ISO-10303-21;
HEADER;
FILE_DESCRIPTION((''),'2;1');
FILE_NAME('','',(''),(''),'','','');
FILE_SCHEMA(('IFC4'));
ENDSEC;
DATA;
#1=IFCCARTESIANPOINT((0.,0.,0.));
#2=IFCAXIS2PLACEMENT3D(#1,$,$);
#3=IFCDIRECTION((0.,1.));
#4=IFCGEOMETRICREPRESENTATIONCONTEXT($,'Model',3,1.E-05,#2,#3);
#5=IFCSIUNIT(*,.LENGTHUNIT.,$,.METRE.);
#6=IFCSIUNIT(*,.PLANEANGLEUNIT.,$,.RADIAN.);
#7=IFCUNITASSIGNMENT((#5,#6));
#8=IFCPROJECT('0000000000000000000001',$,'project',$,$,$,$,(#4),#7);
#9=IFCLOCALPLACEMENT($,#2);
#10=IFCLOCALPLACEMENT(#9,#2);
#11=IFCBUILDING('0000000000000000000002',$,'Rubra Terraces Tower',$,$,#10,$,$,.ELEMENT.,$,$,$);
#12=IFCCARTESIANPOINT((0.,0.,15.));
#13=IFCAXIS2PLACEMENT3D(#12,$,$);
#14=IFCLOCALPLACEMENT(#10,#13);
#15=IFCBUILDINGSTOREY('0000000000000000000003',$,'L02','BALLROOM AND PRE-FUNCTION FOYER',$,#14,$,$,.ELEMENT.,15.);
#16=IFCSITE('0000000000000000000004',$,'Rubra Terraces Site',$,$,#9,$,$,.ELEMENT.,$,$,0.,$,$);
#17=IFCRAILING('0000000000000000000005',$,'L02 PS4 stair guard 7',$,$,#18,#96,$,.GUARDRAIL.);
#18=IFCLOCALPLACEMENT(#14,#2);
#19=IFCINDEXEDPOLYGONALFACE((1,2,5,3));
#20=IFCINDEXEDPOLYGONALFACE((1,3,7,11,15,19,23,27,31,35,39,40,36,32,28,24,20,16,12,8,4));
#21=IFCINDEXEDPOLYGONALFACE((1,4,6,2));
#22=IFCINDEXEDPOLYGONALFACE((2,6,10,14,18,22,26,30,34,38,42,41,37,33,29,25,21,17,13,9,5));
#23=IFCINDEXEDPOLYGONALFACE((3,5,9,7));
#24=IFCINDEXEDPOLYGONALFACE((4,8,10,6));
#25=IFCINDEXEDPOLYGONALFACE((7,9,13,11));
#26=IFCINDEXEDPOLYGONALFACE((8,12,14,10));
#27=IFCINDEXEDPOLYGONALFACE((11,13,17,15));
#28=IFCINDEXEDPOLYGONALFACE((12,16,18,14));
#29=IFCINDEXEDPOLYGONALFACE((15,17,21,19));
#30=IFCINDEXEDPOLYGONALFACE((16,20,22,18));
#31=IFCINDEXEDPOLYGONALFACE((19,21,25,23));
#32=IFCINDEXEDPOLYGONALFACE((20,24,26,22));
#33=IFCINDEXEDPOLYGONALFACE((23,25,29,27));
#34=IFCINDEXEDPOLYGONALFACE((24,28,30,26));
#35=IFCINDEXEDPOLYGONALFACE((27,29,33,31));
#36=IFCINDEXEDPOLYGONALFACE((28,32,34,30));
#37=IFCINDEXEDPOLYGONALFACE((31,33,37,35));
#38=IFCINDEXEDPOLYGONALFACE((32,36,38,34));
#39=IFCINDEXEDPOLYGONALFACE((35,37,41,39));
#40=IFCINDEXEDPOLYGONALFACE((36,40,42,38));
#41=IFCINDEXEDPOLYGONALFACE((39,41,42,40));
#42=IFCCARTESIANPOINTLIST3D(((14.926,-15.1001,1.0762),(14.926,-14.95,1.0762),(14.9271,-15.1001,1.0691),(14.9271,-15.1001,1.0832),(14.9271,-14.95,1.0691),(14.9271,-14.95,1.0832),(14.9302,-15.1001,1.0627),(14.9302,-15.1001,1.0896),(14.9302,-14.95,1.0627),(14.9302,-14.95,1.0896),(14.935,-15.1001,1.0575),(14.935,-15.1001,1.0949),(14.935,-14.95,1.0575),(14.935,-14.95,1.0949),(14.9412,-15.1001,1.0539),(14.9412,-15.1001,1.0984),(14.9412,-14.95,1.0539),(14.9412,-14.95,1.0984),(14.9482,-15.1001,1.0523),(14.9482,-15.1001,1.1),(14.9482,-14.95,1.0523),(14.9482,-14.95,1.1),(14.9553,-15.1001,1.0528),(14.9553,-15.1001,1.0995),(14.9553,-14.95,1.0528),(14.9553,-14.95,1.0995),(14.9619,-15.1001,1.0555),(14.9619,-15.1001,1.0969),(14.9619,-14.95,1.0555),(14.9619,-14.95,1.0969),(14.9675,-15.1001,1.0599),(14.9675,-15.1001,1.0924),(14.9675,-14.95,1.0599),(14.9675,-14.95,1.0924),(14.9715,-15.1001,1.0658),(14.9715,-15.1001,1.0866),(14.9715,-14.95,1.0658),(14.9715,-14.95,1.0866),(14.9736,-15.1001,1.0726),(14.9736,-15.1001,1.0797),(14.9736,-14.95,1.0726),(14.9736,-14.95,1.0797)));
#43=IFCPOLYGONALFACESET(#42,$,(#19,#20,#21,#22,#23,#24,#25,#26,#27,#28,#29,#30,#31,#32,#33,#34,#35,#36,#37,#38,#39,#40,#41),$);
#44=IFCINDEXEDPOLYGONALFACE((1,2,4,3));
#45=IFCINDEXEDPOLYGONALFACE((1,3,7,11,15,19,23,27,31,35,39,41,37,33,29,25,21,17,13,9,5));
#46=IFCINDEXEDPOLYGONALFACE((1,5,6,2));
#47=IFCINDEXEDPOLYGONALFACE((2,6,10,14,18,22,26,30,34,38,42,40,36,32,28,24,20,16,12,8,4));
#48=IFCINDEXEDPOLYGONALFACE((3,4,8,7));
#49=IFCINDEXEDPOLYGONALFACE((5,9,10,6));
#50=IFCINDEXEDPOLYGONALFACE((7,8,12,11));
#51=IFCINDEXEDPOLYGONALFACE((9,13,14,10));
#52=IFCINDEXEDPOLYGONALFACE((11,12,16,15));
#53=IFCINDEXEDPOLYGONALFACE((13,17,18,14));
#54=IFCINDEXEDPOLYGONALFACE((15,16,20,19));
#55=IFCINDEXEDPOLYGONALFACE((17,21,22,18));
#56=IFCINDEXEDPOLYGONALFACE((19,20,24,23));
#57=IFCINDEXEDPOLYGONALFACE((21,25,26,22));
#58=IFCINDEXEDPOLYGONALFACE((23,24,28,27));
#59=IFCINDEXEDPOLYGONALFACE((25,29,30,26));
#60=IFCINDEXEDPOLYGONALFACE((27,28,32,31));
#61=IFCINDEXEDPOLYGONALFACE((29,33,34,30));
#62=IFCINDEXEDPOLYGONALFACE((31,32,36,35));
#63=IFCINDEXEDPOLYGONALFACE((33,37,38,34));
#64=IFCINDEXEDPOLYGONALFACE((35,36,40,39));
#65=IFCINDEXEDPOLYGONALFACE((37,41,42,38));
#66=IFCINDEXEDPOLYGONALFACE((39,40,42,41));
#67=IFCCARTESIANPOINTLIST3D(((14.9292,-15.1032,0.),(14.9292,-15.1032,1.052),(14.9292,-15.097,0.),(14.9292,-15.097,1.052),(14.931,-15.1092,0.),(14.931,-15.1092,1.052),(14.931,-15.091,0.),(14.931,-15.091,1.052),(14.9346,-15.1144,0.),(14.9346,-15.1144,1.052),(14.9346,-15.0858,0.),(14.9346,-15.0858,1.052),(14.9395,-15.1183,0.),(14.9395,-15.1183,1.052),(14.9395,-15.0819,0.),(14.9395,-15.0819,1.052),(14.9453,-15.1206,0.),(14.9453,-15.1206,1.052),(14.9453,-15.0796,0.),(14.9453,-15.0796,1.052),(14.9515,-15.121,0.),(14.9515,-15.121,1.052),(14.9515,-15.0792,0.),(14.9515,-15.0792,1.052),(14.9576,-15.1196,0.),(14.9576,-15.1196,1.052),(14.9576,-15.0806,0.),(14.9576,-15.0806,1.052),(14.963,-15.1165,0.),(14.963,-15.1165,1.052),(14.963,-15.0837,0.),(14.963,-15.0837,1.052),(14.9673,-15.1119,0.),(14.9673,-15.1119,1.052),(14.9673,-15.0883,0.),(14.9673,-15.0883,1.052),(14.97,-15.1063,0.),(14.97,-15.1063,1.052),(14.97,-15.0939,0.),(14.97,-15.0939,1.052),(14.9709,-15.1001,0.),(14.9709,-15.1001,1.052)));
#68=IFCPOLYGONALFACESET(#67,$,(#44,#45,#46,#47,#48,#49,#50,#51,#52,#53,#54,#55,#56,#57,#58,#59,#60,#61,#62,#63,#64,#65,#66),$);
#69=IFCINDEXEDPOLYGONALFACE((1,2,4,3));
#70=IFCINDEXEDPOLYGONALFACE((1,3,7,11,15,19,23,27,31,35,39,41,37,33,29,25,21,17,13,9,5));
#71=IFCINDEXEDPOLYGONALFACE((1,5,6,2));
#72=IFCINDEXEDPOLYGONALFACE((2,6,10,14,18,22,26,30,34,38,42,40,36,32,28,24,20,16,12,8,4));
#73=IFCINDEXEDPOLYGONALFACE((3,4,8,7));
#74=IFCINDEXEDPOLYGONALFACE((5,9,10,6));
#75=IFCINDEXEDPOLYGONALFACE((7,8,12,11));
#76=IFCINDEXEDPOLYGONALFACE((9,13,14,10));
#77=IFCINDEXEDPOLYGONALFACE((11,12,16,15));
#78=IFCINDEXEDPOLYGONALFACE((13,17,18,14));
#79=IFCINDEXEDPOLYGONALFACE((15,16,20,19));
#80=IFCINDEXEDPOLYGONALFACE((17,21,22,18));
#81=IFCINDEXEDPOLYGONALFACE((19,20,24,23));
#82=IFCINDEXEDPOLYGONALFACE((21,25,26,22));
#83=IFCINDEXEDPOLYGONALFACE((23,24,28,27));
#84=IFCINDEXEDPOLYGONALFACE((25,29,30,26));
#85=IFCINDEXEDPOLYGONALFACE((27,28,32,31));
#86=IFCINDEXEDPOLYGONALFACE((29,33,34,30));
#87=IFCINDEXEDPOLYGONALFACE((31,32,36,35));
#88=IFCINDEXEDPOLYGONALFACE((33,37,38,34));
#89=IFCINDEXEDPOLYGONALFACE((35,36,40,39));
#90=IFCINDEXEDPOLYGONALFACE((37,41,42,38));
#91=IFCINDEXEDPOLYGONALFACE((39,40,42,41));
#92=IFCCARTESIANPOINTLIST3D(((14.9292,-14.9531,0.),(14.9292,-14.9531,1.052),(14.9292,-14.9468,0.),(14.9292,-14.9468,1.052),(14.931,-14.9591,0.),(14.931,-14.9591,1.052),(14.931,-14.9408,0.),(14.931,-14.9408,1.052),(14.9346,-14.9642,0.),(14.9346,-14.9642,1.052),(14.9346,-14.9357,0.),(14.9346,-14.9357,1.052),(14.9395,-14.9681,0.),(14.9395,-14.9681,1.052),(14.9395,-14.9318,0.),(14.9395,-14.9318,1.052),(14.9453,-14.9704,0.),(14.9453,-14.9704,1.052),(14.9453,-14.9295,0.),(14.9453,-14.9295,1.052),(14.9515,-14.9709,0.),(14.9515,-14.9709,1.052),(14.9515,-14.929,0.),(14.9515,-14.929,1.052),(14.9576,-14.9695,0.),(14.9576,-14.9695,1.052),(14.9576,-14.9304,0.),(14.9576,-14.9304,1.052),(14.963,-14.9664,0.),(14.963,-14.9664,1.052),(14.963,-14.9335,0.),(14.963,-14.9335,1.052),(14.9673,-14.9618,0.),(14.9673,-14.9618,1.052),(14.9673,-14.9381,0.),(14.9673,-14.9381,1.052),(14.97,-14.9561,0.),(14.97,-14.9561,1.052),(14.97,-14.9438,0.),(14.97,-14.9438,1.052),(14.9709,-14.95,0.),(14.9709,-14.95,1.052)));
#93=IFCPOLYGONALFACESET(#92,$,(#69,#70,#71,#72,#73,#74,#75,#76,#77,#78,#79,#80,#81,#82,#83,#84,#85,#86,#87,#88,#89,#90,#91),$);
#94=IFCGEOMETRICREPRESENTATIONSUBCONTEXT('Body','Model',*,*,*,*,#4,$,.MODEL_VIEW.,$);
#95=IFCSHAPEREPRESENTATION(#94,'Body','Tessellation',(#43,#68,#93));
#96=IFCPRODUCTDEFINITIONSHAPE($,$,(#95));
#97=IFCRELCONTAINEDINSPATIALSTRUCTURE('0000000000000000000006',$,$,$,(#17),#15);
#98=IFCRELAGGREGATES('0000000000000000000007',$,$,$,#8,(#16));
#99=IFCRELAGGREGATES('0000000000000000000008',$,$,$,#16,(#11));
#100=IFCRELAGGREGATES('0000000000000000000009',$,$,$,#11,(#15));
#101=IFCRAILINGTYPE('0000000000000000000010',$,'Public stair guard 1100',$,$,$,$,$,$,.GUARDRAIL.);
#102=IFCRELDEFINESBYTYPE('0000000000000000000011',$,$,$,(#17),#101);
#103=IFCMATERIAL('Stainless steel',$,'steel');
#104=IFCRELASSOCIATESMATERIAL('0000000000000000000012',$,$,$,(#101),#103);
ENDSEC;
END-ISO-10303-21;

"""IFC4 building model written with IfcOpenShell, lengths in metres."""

from ifc_helpers import new_model, si_unit, direction, frame, origin, origin_2d, place, context, subcontext, project, spatial, circle, extrude, material, type_object, element, save


model = new_model("IFC4")

# Units and contexts
model_context = context("Model", 3, precision=1e-05, world=origin(), true_north=direction((0.0, 1.0)))
body_context = subcontext(model_context, "Body", "Model", "MODEL_VIEW")
ifc_project = project(units=[si_unit("LENGTHUNIT", "METRE"), si_unit("PLANEANGLEUNIT", "RADIAN")], contexts=[model_context])

# Site, building, storey
site_placement = place(None, origin())
site = spatial("IfcSite", under=ifc_project, at=site_placement, Name="Rubra Terraces Site", CompositionType="ELEMENT", RefElevation=0.0)
building_placement = place(site_placement, origin())
building = spatial("IfcBuilding", under=site, at=building_placement, Name="Rubra Terraces Tower", CompositionType="ELEMENT")
storey_placement = place(building_placement, frame((0.0, 0.0, 15.0)))
storey = spatial("IfcBuildingStorey", under=building, at=storey_placement, Name="L02", Description="BALLROOM AND PRE-FUNCTION FOYER", CompositionType="ELEMENT", Elevation=15.0)

# Railing
ifc_material_1 = material(Name="Stainless steel", Category="steel")
railing_type_1 = type_object("IfcRailingType", Name="Public stair guard 1100", PredefinedType="GUARDRAIL", material=ifc_material_1)
railing_1_placement = place(storey_placement, frame((14.95, -15.1001, 0.0)))
element("IfcRailing", 1, at=railing_1_placement, inside=storey, type_object=railing_type_1, Name="L02 PS4 stair guard 7", PredefinedType="GUARDRAIL", context=body_context, shape_type="SweptSolid", body=[
    extrude(circle(Radius=0.0239, at=origin_2d()), frame((0.0, 0.0, 1.0762), z_axis=(0.0, 1.0, 0.0), x_axis=(-1.0, 0.0, 0.0)), (0.0, 0.0, 1.0), 0.1501),
    extrude(circle(Radius=0.021, at=origin_2d()), origin(), (0.0, 0.0, 1.0), 1.052),
    extrude(circle(Radius=0.021, at=origin_2d()), frame((0.0, 0.1501, 0.0)), (0.0, 0.0, 1.0), 1.052),
])

save(model, "model.ifc")
